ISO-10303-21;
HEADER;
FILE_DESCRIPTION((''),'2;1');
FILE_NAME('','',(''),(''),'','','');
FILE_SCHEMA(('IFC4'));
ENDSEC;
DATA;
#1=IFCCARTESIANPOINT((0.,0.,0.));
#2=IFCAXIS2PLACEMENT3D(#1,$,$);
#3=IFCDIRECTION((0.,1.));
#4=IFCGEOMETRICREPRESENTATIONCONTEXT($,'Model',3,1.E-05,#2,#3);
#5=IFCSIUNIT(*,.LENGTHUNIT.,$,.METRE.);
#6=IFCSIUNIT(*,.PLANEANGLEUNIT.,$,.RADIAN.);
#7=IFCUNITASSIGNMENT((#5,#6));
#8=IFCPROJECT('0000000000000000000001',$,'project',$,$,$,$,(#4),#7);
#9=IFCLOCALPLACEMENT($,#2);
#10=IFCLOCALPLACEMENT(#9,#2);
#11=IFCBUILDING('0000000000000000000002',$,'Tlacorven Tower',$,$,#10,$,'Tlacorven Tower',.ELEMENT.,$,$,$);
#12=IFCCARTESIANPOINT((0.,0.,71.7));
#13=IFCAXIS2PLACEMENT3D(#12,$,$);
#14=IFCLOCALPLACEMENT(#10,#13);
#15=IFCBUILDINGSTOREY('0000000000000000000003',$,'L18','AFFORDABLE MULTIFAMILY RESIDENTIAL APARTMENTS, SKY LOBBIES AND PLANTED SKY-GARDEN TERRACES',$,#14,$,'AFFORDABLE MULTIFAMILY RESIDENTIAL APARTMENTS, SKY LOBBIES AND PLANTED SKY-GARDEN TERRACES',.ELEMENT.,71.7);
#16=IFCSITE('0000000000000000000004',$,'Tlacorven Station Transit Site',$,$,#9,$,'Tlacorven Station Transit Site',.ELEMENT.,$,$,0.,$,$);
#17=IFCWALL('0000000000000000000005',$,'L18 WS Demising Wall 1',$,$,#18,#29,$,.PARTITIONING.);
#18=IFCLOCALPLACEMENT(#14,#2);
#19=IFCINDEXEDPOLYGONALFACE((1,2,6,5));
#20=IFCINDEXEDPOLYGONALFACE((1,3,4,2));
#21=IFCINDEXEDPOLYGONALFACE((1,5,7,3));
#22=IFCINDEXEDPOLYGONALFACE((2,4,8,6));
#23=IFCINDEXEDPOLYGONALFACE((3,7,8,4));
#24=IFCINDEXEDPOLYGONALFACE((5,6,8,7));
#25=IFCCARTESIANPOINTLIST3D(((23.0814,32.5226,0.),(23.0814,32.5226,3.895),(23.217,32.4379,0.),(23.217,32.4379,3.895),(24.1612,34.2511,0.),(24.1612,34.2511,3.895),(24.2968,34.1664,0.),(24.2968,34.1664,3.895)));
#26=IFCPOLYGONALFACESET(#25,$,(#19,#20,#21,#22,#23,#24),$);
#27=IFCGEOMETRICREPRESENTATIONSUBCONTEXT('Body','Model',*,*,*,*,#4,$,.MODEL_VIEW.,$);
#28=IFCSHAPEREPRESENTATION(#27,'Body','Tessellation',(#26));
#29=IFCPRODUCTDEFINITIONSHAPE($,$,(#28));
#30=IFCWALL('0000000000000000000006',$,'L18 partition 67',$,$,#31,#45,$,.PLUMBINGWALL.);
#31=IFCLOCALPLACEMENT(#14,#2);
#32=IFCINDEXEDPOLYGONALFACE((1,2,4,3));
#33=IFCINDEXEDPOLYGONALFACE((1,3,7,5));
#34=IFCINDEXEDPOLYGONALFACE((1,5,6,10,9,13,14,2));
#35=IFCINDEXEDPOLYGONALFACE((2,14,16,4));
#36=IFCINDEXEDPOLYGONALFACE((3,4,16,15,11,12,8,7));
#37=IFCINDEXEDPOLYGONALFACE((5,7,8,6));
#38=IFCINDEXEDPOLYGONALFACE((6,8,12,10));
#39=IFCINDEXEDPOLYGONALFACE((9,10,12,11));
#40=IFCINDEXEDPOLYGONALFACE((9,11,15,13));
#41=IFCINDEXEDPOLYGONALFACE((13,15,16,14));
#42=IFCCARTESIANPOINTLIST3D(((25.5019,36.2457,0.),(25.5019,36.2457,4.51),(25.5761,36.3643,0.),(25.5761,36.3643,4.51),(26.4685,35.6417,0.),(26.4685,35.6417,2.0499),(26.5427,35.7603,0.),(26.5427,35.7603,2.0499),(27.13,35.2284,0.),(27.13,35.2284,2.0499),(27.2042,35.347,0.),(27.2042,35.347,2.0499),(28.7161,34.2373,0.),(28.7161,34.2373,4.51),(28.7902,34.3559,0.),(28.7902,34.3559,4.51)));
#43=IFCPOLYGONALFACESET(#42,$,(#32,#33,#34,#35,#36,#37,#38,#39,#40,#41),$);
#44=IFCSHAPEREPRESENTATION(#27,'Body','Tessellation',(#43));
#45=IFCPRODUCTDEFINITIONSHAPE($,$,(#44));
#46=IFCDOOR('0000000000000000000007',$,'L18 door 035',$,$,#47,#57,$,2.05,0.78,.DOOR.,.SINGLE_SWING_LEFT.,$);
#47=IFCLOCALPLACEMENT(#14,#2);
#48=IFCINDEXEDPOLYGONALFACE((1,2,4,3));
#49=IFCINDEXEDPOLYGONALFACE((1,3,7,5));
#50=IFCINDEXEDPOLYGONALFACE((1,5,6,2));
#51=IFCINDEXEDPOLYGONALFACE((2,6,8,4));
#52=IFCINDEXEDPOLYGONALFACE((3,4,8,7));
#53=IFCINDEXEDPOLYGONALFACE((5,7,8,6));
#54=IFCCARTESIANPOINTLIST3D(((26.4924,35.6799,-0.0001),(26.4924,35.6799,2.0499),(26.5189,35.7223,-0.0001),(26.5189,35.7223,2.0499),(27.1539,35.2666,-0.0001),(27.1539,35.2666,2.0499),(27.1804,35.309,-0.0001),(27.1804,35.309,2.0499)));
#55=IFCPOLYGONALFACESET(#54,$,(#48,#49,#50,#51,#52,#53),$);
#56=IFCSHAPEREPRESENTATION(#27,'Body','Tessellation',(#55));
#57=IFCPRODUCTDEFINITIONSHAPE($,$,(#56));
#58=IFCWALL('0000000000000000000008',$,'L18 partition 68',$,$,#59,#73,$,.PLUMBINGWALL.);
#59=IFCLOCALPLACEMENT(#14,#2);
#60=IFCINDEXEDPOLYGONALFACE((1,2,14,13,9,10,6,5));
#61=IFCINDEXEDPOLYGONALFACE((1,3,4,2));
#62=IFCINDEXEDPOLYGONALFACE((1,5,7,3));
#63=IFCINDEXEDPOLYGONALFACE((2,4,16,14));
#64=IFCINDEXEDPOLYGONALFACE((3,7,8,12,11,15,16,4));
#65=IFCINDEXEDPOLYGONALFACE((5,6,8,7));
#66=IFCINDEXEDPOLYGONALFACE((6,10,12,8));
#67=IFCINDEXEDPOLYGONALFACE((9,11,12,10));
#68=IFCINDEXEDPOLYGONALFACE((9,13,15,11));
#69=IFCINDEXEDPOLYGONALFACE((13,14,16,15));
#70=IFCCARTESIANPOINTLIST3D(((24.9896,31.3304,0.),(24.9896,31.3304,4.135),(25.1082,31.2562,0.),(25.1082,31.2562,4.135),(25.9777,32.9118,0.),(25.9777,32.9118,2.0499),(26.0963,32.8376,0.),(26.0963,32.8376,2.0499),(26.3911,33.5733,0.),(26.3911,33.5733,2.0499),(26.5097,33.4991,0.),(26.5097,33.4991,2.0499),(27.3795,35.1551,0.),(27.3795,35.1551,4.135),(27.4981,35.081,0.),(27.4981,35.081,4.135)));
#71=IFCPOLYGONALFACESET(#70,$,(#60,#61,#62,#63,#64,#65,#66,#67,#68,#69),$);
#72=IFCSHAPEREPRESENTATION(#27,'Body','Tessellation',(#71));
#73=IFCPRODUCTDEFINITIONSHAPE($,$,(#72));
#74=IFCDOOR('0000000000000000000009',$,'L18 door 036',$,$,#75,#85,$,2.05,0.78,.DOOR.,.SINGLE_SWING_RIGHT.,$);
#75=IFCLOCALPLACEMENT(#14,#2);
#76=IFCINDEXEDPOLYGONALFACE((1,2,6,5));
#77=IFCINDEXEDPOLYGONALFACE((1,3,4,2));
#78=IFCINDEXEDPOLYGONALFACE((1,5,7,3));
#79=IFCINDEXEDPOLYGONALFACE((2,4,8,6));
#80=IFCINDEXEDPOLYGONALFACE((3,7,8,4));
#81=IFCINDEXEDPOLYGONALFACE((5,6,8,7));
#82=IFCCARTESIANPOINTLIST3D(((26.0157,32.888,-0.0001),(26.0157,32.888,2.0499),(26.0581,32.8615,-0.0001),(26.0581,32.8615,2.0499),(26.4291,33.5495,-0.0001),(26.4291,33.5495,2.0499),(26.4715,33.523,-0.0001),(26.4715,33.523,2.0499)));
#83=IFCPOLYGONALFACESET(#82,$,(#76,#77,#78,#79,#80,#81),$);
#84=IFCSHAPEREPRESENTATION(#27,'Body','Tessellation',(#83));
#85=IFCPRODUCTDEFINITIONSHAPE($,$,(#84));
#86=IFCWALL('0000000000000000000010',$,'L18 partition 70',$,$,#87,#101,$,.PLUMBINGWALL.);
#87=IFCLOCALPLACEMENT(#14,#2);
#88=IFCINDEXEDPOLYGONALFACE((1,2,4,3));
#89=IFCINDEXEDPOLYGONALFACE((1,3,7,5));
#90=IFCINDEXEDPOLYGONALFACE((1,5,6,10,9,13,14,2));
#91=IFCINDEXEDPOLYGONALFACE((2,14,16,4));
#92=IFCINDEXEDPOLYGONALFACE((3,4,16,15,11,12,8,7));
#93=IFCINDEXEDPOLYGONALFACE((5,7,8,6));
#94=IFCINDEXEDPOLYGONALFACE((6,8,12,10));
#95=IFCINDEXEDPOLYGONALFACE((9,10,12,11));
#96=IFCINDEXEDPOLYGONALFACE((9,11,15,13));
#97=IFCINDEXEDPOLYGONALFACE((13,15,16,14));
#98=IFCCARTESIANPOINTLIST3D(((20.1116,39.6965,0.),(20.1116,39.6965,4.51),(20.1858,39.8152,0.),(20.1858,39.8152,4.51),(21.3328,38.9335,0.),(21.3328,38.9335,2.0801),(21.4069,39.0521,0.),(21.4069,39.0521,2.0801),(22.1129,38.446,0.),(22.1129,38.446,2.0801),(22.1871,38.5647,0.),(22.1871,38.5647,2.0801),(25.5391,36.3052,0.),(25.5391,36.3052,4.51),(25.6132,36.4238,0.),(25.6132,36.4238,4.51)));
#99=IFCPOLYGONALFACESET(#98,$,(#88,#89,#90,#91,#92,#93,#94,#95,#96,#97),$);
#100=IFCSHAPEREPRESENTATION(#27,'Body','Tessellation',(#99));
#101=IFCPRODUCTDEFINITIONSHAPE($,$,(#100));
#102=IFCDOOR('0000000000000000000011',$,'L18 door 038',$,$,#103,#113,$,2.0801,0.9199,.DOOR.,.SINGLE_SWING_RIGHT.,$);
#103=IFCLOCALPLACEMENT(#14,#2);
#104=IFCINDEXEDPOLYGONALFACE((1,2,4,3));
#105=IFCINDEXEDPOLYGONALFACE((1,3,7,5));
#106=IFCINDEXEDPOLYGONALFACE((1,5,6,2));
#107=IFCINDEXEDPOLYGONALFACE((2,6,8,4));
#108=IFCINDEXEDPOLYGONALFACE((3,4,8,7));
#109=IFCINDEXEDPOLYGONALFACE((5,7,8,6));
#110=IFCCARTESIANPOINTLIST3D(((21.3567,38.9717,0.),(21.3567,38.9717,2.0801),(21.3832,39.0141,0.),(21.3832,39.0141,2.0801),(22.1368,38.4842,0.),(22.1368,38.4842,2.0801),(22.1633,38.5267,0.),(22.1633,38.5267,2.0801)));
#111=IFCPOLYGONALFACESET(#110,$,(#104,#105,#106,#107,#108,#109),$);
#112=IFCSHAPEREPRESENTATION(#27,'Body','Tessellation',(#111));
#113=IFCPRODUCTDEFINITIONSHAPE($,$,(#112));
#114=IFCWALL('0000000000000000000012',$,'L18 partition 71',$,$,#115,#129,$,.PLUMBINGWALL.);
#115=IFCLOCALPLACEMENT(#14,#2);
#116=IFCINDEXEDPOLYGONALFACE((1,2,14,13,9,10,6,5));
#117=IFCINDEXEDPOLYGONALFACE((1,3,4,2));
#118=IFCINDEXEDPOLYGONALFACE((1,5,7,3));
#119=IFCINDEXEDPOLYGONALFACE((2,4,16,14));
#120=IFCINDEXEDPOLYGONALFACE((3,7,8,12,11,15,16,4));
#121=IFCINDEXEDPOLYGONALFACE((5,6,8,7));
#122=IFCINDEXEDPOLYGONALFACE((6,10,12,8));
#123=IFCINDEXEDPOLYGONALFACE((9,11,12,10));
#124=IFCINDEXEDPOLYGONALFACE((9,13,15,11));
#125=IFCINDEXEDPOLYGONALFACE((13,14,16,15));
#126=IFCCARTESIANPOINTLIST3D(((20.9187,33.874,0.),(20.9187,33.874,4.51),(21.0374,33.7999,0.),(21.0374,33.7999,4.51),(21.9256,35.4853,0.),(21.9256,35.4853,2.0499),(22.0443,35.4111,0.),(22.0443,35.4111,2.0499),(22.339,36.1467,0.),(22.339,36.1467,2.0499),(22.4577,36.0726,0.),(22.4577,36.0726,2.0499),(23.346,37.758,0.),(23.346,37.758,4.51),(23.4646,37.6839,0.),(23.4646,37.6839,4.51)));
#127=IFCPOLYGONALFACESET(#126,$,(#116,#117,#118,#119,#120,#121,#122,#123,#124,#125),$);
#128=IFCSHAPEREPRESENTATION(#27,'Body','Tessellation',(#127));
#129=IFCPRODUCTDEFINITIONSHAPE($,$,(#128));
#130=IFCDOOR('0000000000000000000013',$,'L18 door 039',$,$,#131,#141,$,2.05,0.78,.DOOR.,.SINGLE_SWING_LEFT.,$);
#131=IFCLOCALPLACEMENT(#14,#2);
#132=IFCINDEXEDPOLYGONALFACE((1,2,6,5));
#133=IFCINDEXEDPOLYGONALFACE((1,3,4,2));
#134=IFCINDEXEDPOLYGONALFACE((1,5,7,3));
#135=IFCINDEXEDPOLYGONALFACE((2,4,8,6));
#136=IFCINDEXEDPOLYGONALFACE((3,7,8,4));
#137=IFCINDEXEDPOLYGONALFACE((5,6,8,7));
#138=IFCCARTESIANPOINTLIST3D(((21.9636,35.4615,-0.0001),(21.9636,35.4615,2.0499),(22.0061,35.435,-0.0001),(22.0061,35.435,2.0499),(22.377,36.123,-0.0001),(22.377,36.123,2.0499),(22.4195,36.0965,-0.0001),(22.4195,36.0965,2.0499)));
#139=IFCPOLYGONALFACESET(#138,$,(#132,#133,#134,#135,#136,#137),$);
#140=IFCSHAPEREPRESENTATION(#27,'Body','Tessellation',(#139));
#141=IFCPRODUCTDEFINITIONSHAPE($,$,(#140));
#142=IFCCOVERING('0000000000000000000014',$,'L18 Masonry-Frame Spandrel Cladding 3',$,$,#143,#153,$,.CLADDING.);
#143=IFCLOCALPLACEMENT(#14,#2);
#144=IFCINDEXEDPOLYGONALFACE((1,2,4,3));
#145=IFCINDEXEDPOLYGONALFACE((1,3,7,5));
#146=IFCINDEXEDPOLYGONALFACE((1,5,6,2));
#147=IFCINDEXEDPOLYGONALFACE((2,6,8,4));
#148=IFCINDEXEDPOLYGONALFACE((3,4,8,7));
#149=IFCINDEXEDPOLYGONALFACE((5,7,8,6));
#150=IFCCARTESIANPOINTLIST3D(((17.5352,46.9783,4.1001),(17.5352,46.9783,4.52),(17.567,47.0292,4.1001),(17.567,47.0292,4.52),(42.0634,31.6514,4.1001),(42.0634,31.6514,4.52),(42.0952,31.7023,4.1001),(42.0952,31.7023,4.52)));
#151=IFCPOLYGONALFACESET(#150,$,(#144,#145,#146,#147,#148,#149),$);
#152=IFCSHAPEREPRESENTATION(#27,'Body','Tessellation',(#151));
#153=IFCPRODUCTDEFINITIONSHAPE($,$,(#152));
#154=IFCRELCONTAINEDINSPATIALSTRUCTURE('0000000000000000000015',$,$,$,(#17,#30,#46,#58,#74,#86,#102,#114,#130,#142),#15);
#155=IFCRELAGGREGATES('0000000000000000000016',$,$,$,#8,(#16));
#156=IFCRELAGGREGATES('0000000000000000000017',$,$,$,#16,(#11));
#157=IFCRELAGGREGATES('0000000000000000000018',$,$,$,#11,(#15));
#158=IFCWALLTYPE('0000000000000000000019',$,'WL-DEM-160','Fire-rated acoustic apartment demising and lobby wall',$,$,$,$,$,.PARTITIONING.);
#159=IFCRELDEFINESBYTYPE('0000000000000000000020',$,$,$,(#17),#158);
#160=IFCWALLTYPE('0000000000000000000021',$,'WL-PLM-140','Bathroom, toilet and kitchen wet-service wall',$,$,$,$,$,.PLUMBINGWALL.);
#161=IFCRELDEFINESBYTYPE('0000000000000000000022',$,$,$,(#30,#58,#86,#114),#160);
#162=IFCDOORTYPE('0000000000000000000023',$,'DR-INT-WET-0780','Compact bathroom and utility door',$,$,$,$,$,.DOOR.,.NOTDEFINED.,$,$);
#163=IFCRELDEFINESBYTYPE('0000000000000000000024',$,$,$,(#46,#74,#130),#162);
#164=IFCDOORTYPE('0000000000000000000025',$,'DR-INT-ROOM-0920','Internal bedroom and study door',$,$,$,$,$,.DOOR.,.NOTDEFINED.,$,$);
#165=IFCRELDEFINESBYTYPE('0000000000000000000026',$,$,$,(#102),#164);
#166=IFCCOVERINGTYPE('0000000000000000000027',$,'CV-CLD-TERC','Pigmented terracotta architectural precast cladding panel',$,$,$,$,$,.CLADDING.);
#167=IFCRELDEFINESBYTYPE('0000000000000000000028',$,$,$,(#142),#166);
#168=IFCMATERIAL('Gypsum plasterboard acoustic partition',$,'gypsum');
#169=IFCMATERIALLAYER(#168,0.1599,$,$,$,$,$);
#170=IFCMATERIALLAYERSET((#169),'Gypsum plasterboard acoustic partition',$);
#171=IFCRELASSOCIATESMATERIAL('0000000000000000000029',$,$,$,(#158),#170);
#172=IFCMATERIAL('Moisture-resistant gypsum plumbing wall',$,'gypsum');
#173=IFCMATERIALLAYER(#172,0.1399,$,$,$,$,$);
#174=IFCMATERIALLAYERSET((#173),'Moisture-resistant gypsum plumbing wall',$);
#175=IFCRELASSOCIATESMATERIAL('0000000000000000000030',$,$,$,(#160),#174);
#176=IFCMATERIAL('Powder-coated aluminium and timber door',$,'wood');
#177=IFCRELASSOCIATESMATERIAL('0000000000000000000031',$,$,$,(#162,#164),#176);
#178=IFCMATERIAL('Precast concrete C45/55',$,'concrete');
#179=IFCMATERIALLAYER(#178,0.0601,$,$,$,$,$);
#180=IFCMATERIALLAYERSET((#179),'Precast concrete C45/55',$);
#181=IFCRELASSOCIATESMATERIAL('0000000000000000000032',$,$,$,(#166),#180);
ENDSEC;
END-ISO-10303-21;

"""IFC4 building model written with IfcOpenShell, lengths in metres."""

from ifc_helpers import new_model, si_unit, direction, frame, frame_2d, origin, origin_2d, place, context, subcontext, project, spatial, rectangle, extrude, source, transform, mapped, material, layer, layer_set, type_object, element, fill, save


model = new_model("IFC4")

# Units and contexts
model_context = context("Model", 3, precision=1e-05, world=origin(), true_north=direction((0.0, 1.0)))
body_context = subcontext(model_context, "Body", "Model", "MODEL_VIEW")
ifc_project = project(units=[si_unit("LENGTHUNIT", "METRE"), si_unit("PLANEANGLEUNIT", "RADIAN")], contexts=[model_context])

# Site, building, storey
site_placement = place(None, origin())
site = spatial("IfcSite", under=ifc_project, at=site_placement, Name="Tlacorven Station Transit Site", LongName="Tlacorven Station Transit Site", CompositionType="ELEMENT", RefElevation=0.0)
building_placement = place(site_placement, origin())
building = spatial("IfcBuilding", under=site, at=building_placement, Name="Tlacorven Tower", LongName="Tlacorven Tower", CompositionType="ELEMENT")
storey_placement = place(building_placement, frame((0.0, 0.0, 71.7)))
storey = spatial("IfcBuildingStorey", under=building, at=storey_placement, Name="L18", Description="AFFORDABLE MULTIFAMILY RESIDENTIAL APARTMENTS, SKY LOBBIES AND PLANTED SKY-GARDEN TERRACES", LongName="AFFORDABLE MULTIFAMILY RESIDENTIAL APARTMENTS, SKY LOBBIES AND PLANTED SKY-GARDEN TERRACES", CompositionType="ELEMENT", Elevation=71.7)

# Wall
ifc_material_1 = material(Name="Gypsum plasterboard acoustic partition", Category="gypsum")
ifc_layer_1 = layer(ifc_material_1, 0.1599)
ifc_layer_set_1 = layer_set([ifc_layer_1], Name="Gypsum plasterboard acoustic partition")
wall_type_1 = type_object("IfcWallType", Name="WL-DEM-160", Description="Fire-rated acoustic apartment demising and lobby wall", PredefinedType="PARTITIONING", material=ifc_layer_set_1)
wall_1_placement = place(storey_placement, frame((24.229, 34.2087, 0.0), z_axis=(0.0, 0.0, 1.0), x_axis=(-0.529827, -0.848106, 0.0)))
element("IfcWall", 1, at=wall_1_placement, inside=storey, type_object=wall_type_1, Name="L18 WS Demising Wall 1", PredefinedType="PARTITIONING", context=body_context, shape_type="SweptSolid", body=[
    extrude(rectangle(XDim=2.0381, YDim=0.1599, at=frame_2d((1.019, 0.0))), origin(), (0.0, 0.0, 1.0), 3.895),
])

# Walls, openings, doors
ifc_material_2 = material(Name="Moisture-resistant gypsum plumbing wall", Category="gypsum")
ifc_layer_2 = layer(ifc_material_2, 0.1399)
ifc_layer_set_2 = layer_set([ifc_layer_2], Name="Moisture-resistant gypsum plumbing wall")
wall_type_2 = type_object("IfcWallType", Name="WL-PLM-140", Description="Bathroom, toilet and kitchen wet-service wall", PredefinedType="PLUMBINGWALL", material=ifc_layer_set_2)
wall_2_placement = place(storey_placement, frame((28.7532, 34.2966, 0.0), z_axis=(0.0, 0.0, 1.0), x_axis=(-0.84806, 0.529901, 0.0)))
wall_2 = element("IfcWall", 2, at=wall_2_placement, inside=storey, type_object=wall_type_2, Name="L18 partition 67", PredefinedType="PLUMBINGWALL", context=body_context, shape_type="SweptSolid", body=[
    extrude(rectangle(XDim=3.79, YDim=0.1399, at=frame_2d((1.895, 0.0))), origin(), (0.0, 0.0, 1.0), 4.51),
])
opening_1_placement = place(wall_2_placement, frame((1.8701, 0.0, 0.0)))
opening_1 = element("IfcOpeningElement", 3, at=opening_1_placement, cuts=wall_2, PredefinedType="OPENING", context=body_context, shape_type="SweptSolid", body=[
    extrude(rectangle(XDim=0.78, YDim=2.05, at=frame_2d((0.3901, 1.0249))), frame((0.0, 0.0801, 0.0), z_axis=(0.0, -1.0, 0.0), x_axis=(1.0, 0.0, 0.0)), (0.0, 0.0, 1.0), 0.1599),
])
ifc_material_3 = material(Name="Powder-coated aluminium and timber door", Category="wood")
door_type_1 = type_object("IfcDoorType", Name="DR-INT-WET-0780", Description="Compact bathroom and utility door", OperationType="NOTDEFINED", PredefinedType="DOOR", material=ifc_material_3)
shared_shape_1 = source(origin(), body_context, "Body", "SweptSolid", [
    extrude(rectangle(XDim=0.78, YDim=2.05, at=frame_2d((0.3901, 1.0249))), frame((0.0, 0.0249, 0.0), z_axis=(0.0, -1.0, 0.0), x_axis=(1.0, 0.0, 0.0)), (0.0, 0.0, 1.0), 0.05),
])
door_1_placement = place(opening_1_placement, origin())
door_1 = element("IfcDoor", 4, at=door_1_placement, inside=storey, type_object=door_type_1, Name="L18 door 035", OperationType="SINGLE_SWING_LEFT", OverallHeight=2.05, OverallWidth=0.78, PredefinedType="DOOR", context=body_context, shape_type="MappedRepresentation", body=[
    mapped(shared_shape_1, transform((0.0, 0.0, 0.0), scale=1.0)),
])
fill(opening_1, door_1)
wall_3_placement = place(storey_placement, frame((27.4387, 35.1179, 0.0), z_axis=(0.0, 0.0, 1.0), x_axis=(-0.529911, -0.848053, 0.0)))
wall_3 = element("IfcWall", 5, at=wall_3_placement, inside=storey, type_object=wall_type_2, Name="L18 partition 68", PredefinedType="PLUMBINGWALL", context=body_context, shape_type="SweptSolid", body=[
    extrude(rectangle(XDim=4.51, YDim=0.1399, at=frame_2d((2.2549, 0.0))), origin(), (0.0, 0.0, 1.0), 4.135),
])
opening_2_placement = place(wall_3_placement, frame((1.865, 0.0, 0.0)))
opening_2 = element("IfcOpeningElement", 6, at=opening_2_placement, cuts=wall_3, PredefinedType="OPENING", context=body_context, shape_type="SweptSolid", body=[
    extrude(rectangle(XDim=0.78, YDim=2.05, at=frame_2d((0.3901, 1.0249))), frame((0.0, 0.0801, 0.0), z_axis=(0.0, -1.0, 0.0), x_axis=(1.0, 0.0, 0.0)), (0.0, 0.0, 1.0), 0.1599),
])
door_2_placement = place(opening_2_placement, origin())
door_2 = element("IfcDoor", 7, at=door_2_placement, inside=storey, type_object=door_type_1, Name="L18 door 036", OperationType="SINGLE_SWING_RIGHT", OverallHeight=2.05, OverallWidth=0.78, PredefinedType="DOOR", context=body_context, shape_type="MappedRepresentation", body=[
    mapped(shared_shape_1, transform((0.0, 0.0, 0.0), scale=1.0)),
])
fill(opening_2, door_2)
wall_4_placement = place(storey_placement, frame((25.5762, 36.3645, 0.0), z_axis=(0.0, 0.0, 1.0), x_axis=(-0.848056, 0.529906, 0.0)))
wall_4 = element("IfcWall", 8, at=wall_4_placement, inside=storey, type_object=wall_type_2, Name="L18 partition 70", PredefinedType="PLUMBINGWALL", context=body_context, shape_type="SweptSolid", body=[
    extrude(rectangle(XDim=6.3999, YDim=0.1399, at=frame_2d((3.2, 0.0))), origin(), (0.0, 0.0, 1.0), 4.51),
])
opening_3_placement = place(wall_4_placement, frame((4.04, 0.0, 0.0)))
opening_3 = element("IfcOpeningElement", 9, at=opening_3_placement, cuts=wall_4, PredefinedType="OPENING", context=body_context, shape_type="SweptSolid", body=[
    extrude(rectangle(XDim=0.9199, YDim=2.0801, at=frame_2d((0.46, 1.04))), frame((0.0, 0.0801, 0.0), z_axis=(0.0, -1.0, 0.0), x_axis=(1.0, 0.0, 0.0)), (0.0, 0.0, 1.0), 0.1599),
])
door_type_2 = type_object("IfcDoorType", Name="DR-INT-ROOM-0920", Description="Internal bedroom and study door", OperationType="NOTDEFINED", PredefinedType="DOOR", material=ifc_material_3)
shared_shape_2 = source(origin(), body_context, "Body", "SweptSolid", [
    extrude(rectangle(XDim=0.9199, YDim=2.0801, at=frame_2d((0.46, 1.04))), frame((0.0, 0.0249, 0.0), z_axis=(0.0, -1.0, 0.0), x_axis=(1.0, 0.0, 0.0)), (0.0, 0.0, 1.0), 0.05),
])
door_3_placement = place(opening_3_placement, origin())
door_3 = element("IfcDoor", 10, at=door_3_placement, inside=storey, type_object=door_type_2, Name="L18 door 038", OperationType="SINGLE_SWING_RIGHT", OverallHeight=2.0801, OverallWidth=0.9199, PredefinedType="DOOR", context=body_context, shape_type="MappedRepresentation", body=[
    mapped(shared_shape_2, transform((0.0, 0.0, 0.0), scale=1.0)),
])
fill(opening_3, door_3)
wall_5_placement = place(storey_placement, frame((23.4053, 37.7209, 0.0), z_axis=(0.0, 0.0, 1.0), x_axis=(-0.529956, -0.848025, 0.0)))
wall_5 = element("IfcWall", 11, at=wall_5_placement, inside=storey, type_object=wall_type_2, Name="L18 partition 71", PredefinedType="PLUMBINGWALL", context=body_context, shape_type="SweptSolid", body=[
    extrude(rectangle(XDim=4.5801, YDim=0.1399, at=frame_2d((2.29, 0.0))), origin(), (0.0, 0.0, 1.0), 4.51),
])
opening_4_placement = place(wall_5_placement, frame((1.8999, 0.0, 0.0)))
opening_4 = element("IfcOpeningElement", 12, at=opening_4_placement, cuts=wall_5, PredefinedType="OPENING", context=body_context, shape_type="SweptSolid", body=[
    extrude(rectangle(XDim=0.78, YDim=2.05, at=frame_2d((0.3901, 1.0249))), frame((0.0, 0.0801, 0.0), z_axis=(0.0, -1.0, 0.0), x_axis=(1.0, 0.0, 0.0)), (0.0, 0.0, 1.0), 0.1599),
])
door_4_placement = place(opening_4_placement, origin())
door_4 = element("IfcDoor", 13, at=door_4_placement, inside=storey, type_object=door_type_1, Name="L18 door 039", OperationType="SINGLE_SWING_LEFT", OverallHeight=2.05, OverallWidth=0.78, PredefinedType="DOOR", context=body_context, shape_type="MappedRepresentation", body=[
    mapped(shared_shape_1, transform((0.0, 0.0, 0.0), scale=1.0)),
])
fill(opening_4, door_4)

# Covering
ifc_material_4 = material(Name="Precast concrete C45/55", Category="concrete")
ifc_layer_3 = layer(ifc_material_4, 0.0601)
ifc_layer_set_3 = layer_set([ifc_layer_3], Name="Precast concrete C45/55")
covering_type = type_object("IfcCoveringType", Name="CV-CLD-TERC", Description="Pigmented terracotta architectural precast cladding panel", PredefinedType="CLADDING", material=ifc_layer_set_3)
shared_shape_3 = source(origin(), body_context, "Body", "SweptSolid", [
    extrude(rectangle(XDim=28.9231, YDim=0.0601, at=origin_2d()), origin(), (0.0, 0.0, 1.0), 0.4199),
])
covering_placement = place(storey_placement, frame((29.8152, 39.3403, 4.1001), z_axis=(0.0, 0.0, 1.0), x_axis=(0.848048, -0.529919, 0.0)))
element("IfcCovering", 14, at=covering_placement, inside=storey, type_object=covering_type, Name="L18 Masonry-Frame Spandrel Cladding 3", PredefinedType="CLADDING", context=body_context, shape_type="MappedRepresentation", body=[
    mapped(shared_shape_3, transform((0.0, 0.0, 0.0), scale=1.0)),
])

save(model, "model.ifc")
